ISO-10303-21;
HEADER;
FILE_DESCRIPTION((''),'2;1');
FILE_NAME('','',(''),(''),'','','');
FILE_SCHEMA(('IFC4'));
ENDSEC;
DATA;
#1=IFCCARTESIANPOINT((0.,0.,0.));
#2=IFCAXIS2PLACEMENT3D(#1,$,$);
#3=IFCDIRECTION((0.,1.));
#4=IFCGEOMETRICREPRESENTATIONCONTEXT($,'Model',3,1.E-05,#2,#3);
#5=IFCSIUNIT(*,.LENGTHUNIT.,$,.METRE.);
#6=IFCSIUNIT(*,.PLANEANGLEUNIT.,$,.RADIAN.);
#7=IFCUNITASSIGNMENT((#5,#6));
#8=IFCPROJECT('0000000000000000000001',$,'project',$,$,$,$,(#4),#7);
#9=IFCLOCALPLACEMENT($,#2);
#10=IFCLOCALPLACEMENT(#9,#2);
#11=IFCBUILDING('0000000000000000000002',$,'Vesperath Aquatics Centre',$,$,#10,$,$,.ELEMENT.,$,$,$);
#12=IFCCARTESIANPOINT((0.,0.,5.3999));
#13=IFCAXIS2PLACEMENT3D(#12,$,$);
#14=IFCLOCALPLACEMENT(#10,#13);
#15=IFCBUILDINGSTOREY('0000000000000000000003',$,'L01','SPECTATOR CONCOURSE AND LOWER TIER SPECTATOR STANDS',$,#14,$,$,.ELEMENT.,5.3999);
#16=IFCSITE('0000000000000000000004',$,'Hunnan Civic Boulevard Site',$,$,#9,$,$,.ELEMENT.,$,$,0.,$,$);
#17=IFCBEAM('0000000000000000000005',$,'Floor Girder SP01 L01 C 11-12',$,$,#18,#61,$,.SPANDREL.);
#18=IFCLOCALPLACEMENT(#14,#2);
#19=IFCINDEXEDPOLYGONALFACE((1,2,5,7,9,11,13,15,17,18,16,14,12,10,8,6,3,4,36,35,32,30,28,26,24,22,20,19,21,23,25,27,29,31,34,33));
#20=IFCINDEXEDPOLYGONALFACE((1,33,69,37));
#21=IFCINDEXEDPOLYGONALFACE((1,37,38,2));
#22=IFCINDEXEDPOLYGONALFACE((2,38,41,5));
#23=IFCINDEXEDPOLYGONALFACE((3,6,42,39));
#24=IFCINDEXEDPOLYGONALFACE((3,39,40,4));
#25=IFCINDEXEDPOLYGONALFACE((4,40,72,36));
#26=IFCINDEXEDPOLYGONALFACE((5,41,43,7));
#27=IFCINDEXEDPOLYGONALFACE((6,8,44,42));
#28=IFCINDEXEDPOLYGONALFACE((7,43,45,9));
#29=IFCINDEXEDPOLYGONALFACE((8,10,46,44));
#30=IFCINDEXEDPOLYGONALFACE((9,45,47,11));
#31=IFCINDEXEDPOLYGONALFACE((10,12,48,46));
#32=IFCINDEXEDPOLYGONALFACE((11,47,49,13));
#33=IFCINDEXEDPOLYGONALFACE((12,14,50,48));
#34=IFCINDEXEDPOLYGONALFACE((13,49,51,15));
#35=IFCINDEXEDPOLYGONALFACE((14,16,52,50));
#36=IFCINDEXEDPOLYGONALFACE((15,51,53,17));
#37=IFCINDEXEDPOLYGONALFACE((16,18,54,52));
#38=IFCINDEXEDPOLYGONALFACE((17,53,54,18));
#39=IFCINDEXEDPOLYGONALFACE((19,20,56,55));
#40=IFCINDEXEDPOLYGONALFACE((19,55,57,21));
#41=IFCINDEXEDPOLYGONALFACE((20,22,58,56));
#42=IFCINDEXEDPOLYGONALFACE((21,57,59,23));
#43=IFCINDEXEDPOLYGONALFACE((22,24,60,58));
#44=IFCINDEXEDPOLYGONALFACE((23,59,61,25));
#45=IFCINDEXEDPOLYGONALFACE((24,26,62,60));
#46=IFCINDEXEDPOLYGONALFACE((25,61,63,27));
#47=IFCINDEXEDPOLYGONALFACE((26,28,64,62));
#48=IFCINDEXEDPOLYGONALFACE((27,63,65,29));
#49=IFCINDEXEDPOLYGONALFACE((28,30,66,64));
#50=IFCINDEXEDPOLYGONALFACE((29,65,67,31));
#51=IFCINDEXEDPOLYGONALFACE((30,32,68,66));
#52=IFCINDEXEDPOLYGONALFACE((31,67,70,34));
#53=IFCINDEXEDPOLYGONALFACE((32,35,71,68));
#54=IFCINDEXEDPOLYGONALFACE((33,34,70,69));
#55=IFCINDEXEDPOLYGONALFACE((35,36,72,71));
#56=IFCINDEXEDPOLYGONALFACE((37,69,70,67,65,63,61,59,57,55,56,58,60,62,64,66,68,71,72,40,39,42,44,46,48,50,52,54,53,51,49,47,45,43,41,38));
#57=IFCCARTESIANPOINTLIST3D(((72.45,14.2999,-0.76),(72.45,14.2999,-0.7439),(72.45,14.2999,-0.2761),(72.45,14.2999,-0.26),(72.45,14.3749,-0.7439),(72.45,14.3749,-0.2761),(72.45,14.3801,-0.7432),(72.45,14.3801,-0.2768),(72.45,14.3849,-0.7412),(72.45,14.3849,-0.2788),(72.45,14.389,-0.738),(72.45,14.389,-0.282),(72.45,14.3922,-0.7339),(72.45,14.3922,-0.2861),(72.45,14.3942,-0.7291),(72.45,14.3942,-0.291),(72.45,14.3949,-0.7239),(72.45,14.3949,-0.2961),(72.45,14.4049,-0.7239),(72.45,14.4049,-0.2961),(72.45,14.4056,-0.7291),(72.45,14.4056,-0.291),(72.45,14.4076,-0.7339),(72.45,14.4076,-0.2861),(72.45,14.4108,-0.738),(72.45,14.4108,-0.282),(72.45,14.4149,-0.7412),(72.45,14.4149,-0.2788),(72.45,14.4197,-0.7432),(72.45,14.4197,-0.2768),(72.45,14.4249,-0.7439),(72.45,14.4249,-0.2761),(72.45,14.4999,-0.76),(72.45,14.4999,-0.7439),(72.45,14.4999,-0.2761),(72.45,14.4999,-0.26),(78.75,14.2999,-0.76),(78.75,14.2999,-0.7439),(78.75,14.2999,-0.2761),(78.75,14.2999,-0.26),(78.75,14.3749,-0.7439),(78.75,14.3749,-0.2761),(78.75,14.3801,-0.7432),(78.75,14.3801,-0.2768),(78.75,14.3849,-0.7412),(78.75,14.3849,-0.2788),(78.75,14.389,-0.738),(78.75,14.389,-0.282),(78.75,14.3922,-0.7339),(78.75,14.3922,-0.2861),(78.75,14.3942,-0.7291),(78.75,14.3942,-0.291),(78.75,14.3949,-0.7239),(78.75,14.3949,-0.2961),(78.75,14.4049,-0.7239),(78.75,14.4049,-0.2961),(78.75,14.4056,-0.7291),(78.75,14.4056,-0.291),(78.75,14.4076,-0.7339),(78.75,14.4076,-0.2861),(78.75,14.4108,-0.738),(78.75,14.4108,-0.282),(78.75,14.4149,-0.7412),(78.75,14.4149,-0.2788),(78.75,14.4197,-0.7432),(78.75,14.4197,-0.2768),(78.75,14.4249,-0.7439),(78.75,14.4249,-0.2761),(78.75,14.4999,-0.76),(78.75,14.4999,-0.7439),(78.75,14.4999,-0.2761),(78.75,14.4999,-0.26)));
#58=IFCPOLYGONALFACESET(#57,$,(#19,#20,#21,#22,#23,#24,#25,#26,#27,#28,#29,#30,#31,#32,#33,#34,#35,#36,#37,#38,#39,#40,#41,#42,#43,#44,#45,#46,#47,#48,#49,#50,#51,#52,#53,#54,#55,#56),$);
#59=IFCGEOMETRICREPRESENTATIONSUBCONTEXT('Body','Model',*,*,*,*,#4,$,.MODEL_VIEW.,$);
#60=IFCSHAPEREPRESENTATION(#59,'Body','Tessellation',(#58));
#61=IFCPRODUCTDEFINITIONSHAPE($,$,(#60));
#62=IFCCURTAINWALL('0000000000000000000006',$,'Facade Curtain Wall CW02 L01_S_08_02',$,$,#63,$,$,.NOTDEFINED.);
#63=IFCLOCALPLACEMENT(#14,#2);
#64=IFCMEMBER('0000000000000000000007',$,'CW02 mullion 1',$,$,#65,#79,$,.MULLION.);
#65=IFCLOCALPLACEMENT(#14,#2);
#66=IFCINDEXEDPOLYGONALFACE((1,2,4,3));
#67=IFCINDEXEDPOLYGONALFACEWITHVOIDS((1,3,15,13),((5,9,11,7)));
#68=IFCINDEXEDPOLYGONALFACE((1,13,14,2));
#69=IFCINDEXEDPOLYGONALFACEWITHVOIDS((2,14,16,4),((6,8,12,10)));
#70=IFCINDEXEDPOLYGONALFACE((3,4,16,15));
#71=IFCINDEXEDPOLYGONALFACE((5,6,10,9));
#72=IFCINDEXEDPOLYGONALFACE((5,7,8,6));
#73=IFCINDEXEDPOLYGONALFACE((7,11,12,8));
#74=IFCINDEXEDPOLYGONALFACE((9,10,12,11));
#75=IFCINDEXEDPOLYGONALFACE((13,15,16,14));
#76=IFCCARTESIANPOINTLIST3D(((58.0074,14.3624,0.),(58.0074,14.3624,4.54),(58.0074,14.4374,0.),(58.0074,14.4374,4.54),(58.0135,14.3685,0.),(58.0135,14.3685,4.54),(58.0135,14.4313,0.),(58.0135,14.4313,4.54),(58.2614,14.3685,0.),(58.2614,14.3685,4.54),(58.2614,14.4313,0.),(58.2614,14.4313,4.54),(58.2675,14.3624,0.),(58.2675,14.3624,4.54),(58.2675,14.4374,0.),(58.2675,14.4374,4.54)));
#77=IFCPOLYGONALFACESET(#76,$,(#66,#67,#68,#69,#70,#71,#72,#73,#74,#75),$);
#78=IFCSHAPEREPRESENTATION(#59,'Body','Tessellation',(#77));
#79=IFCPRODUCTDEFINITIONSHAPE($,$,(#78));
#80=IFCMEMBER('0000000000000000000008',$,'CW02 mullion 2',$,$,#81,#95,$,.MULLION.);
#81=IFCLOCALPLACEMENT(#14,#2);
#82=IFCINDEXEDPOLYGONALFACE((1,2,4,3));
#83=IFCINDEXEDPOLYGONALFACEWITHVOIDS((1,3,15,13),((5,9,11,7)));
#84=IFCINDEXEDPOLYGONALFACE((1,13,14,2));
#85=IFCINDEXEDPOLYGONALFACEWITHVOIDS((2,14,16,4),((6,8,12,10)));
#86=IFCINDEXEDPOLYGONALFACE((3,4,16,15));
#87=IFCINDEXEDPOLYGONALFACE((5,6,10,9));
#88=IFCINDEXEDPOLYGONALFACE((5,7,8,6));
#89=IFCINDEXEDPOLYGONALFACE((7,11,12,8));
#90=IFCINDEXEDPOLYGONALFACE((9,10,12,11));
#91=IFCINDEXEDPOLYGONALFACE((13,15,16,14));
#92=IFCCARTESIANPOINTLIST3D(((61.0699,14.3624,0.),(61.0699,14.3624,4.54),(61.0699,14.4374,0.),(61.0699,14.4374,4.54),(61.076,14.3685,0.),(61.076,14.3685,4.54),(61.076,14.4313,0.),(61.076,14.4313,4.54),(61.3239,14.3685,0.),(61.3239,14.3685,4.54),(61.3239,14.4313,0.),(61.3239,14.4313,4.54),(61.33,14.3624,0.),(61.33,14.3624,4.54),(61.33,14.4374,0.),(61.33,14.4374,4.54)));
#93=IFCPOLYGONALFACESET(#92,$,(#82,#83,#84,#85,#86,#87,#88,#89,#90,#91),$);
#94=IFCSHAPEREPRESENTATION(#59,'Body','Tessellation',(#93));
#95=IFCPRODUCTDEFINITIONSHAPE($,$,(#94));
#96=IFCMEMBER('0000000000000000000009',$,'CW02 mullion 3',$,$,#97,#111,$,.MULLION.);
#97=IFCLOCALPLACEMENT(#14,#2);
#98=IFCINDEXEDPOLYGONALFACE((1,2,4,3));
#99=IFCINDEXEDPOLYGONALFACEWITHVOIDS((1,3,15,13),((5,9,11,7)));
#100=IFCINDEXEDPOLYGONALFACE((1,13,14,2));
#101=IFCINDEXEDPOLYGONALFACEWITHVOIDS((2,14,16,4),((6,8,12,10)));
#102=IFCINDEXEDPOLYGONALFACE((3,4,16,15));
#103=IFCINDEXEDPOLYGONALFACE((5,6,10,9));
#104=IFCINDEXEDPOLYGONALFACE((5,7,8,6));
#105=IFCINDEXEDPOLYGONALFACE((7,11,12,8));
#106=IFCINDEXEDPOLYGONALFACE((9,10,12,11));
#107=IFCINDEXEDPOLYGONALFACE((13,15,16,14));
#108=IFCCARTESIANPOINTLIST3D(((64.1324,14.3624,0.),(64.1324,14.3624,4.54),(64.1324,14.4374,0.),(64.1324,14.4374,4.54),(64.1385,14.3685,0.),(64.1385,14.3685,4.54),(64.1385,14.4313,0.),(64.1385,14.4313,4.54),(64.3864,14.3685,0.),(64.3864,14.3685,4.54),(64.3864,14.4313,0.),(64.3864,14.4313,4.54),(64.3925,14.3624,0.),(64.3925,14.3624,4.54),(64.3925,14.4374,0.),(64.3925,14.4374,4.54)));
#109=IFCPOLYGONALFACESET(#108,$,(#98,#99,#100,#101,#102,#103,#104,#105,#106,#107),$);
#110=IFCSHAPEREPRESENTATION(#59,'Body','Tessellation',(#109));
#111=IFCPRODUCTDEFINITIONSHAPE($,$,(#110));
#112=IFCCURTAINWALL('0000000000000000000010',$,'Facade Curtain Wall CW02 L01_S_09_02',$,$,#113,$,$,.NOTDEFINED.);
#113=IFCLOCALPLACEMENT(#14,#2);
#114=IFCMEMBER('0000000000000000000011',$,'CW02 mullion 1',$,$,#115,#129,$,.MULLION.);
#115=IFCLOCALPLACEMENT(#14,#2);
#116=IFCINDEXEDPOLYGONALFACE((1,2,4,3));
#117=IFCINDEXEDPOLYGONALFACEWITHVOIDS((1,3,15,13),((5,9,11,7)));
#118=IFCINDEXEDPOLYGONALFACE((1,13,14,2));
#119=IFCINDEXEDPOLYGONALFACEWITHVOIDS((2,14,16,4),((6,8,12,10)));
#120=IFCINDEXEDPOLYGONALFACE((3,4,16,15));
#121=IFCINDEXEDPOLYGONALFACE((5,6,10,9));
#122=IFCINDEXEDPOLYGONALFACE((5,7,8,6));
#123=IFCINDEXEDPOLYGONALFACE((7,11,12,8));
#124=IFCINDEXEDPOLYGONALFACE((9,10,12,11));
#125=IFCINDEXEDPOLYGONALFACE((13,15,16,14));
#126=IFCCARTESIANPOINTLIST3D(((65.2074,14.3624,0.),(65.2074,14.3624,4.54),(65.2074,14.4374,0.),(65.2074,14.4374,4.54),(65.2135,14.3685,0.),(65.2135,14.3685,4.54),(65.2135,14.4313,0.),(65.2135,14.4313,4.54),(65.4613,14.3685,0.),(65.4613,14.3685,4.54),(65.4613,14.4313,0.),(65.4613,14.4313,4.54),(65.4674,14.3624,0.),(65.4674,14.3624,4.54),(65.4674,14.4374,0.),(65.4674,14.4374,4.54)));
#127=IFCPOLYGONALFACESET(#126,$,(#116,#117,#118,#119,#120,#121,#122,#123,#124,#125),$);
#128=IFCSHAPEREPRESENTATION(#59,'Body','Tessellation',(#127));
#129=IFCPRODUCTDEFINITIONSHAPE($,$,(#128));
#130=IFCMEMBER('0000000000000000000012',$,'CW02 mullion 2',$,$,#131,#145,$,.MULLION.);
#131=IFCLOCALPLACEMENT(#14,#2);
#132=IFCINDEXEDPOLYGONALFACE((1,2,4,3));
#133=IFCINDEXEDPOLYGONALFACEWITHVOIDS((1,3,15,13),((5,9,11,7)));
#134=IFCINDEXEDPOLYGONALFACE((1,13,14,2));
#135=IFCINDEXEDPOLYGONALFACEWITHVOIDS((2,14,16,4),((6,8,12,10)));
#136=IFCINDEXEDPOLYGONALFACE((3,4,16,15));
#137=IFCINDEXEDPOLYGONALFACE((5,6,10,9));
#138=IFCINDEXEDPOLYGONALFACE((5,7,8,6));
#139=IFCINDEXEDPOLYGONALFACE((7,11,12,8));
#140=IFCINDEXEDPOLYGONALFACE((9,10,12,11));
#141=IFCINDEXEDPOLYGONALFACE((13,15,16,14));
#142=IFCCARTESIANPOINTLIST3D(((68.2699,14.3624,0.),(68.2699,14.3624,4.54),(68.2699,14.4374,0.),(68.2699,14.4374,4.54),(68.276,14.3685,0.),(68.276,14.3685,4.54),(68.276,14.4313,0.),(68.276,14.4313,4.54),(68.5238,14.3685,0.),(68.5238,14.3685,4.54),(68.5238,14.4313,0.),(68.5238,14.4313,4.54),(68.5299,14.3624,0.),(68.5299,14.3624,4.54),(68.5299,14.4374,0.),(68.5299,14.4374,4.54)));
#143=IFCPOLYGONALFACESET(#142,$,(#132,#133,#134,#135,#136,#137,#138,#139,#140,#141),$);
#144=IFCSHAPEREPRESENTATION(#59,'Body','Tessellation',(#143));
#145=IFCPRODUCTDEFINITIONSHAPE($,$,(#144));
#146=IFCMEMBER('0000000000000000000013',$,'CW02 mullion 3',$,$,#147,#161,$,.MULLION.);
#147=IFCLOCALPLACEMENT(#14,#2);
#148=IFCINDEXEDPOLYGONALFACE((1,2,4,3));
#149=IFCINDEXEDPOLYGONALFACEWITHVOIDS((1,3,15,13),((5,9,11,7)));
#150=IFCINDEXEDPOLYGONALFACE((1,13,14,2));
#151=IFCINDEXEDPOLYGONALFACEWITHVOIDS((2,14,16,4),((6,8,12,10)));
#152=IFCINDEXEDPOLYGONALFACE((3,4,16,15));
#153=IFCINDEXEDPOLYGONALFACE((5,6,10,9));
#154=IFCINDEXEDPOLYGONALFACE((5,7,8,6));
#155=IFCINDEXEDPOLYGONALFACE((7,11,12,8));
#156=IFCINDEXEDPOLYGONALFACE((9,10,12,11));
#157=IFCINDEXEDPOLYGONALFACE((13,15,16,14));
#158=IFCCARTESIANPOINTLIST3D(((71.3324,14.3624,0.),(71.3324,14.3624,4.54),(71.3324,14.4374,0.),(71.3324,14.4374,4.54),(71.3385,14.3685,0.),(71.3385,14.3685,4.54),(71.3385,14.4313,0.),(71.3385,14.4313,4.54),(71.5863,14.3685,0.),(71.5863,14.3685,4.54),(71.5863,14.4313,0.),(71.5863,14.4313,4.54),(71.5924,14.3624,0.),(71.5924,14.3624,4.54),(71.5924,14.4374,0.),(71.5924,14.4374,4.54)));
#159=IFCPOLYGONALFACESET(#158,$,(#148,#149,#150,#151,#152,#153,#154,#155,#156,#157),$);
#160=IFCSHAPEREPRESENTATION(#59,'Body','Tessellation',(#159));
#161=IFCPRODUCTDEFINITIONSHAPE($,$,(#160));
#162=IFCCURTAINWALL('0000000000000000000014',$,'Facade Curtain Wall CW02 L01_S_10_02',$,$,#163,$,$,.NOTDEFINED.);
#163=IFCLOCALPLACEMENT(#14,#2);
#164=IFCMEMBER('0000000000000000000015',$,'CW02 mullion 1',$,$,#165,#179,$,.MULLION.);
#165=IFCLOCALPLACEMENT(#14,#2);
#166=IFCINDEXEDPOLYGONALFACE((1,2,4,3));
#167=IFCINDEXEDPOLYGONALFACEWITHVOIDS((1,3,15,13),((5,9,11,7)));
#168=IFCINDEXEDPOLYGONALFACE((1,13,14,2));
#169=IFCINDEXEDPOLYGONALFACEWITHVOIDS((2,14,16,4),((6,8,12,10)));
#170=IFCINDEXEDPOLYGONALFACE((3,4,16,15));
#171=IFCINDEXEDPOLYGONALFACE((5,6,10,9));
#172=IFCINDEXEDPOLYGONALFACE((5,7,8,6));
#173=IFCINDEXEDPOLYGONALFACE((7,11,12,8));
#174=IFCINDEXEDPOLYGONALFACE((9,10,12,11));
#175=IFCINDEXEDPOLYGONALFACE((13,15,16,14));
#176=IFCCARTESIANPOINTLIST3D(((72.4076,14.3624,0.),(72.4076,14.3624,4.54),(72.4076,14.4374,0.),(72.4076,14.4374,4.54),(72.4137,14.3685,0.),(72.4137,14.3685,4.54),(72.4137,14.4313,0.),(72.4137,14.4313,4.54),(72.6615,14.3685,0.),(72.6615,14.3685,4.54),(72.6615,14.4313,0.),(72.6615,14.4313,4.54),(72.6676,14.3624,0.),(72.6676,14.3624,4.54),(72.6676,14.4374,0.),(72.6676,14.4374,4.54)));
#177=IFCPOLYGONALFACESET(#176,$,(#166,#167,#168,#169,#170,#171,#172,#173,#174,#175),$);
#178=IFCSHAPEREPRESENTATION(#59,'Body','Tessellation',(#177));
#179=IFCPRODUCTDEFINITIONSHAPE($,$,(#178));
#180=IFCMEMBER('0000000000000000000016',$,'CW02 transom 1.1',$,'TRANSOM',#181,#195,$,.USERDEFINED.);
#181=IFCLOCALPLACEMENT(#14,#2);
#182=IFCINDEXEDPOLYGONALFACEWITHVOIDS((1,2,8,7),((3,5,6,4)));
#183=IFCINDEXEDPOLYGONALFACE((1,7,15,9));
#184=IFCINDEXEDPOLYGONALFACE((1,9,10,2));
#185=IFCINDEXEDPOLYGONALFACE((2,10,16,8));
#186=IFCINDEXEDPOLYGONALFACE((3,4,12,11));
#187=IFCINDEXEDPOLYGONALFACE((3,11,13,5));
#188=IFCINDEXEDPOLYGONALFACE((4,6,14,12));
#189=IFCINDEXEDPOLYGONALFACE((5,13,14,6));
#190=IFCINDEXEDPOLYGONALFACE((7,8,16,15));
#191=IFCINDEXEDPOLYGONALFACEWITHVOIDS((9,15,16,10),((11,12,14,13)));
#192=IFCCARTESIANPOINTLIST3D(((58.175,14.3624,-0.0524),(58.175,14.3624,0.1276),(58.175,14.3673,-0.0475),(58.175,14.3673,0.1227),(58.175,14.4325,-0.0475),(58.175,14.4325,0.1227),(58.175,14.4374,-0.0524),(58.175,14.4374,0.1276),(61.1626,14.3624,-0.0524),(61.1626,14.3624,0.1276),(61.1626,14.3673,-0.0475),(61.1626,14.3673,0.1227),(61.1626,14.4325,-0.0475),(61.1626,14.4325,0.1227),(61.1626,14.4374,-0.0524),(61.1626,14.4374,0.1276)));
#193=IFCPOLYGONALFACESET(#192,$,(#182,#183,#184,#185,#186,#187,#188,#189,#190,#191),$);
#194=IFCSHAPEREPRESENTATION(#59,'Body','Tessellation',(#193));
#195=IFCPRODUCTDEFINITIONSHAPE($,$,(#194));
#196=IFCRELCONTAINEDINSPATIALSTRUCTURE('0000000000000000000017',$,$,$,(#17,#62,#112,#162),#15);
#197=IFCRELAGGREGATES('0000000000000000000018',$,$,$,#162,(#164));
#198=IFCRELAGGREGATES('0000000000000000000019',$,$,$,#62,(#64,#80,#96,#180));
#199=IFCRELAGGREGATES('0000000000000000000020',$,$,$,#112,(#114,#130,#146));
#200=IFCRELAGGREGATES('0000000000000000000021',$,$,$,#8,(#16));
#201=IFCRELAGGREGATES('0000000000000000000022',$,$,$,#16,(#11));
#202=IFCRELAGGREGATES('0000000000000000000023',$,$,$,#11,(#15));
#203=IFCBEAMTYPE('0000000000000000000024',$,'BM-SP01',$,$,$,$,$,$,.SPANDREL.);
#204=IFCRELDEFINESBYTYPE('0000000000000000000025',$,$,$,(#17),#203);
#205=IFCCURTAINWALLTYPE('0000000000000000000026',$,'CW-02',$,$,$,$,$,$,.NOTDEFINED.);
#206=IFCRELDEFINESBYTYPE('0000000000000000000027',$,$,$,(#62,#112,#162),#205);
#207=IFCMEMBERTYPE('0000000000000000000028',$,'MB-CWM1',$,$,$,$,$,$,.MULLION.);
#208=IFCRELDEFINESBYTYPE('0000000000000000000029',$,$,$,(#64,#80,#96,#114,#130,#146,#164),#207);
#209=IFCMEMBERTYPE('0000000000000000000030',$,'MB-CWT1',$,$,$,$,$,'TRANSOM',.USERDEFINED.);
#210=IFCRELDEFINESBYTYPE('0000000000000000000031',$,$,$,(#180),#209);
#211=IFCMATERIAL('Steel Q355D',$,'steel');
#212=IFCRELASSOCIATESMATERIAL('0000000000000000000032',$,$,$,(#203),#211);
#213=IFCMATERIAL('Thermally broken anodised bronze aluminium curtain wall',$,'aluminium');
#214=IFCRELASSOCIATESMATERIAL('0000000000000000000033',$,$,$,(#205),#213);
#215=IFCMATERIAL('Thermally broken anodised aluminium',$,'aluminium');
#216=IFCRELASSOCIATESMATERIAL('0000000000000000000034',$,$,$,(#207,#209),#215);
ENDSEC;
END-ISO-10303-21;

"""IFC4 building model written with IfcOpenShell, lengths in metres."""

from ifc_helpers import new_model, si_unit, direction, frame, origin, origin_2d, place, context, subcontext, project, spatial, hollow_rectangle, i_section, extrude, material, material_profile, profile_set, type_object, element, aggregate, save


model = new_model("IFC4")

# Units and contexts
model_context = context("Model", 3, precision=1e-05, world=origin(), true_north=direction((0.0, 1.0)))
body_context = subcontext(model_context, "Body", "Model", "MODEL_VIEW")
ifc_project = project(units=[si_unit("LENGTHUNIT", "METRE"), si_unit("PLANEANGLEUNIT", "RADIAN")], contexts=[model_context])

# Site, building, storey
site_placement = place(None, origin())
site = spatial("IfcSite", under=ifc_project, at=site_placement, Name="Hunnan Civic Boulevard Site", CompositionType="ELEMENT", RefElevation=0.0)
building_placement = place(site_placement, origin())
building = spatial("IfcBuilding", under=site, at=building_placement, Name="Vesperath Aquatics Centre", CompositionType="ELEMENT")
storey_placement = place(building_placement, frame((0.0, 0.0, 5.3999)))
storey = spatial("IfcBuildingStorey", under=building, at=storey_placement, Name="L01", Description="SPECTATOR CONCOURSE AND LOWER TIER SPECTATOR STANDS", CompositionType="ELEMENT", Elevation=5.3999)

# Beam
ifc_material_1 = material(Name="Steel Q355D", Category="steel")
ifc_material_profile_1 = material_profile(ifc_material_1, i_section(OverallWidth=0.2, OverallDepth=0.5, WebThickness=0.01, FlangeThickness=0.0161, FilletRadius=0.02, at=origin_2d()), Name="HN 500x200x10x16")
ifc_profile_set_1 = profile_set([ifc_material_profile_1], Name="Steel Q355D")
beam_type_1 = type_object("IfcBeamType", Name="BM-SP01", PredefinedType="SPANDREL", material=ifc_profile_set_1)
for number, where, z_axis, x_axis, name in (
    (1, (72.45, 14.3999, -0.51), (1.0, 0.0, 0.0), (0.0, 1.0, 0.0), "Floor Girder SP01 L01 C 11-12"),
):
    element("IfcBeam", number, at=place(storey_placement, frame(where, z_axis=z_axis, x_axis=x_axis)), inside=storey, type_object=beam_type_1, Name=name, PredefinedType="SPANDREL", context=body_context, shape_type="SweptSolid", body=[
        extrude(i_section(OverallWidth=0.2, OverallDepth=0.5, WebThickness=0.01, FlangeThickness=0.0161, FilletRadius=0.02, at=origin_2d()), origin(), (0.0, 0.0, 1.0), 6.3),
    ])

# Curtain walls, members
ifc_material_2 = material(Name="Thermally broken anodised bronze aluminium curtain wall", Category="aluminium")
curtain_wall_type = type_object("IfcCurtainWallType", Name="CW-02", PredefinedType="NOTDEFINED", material=ifc_material_2)
curtain_wall_1_placement = place(storey_placement, origin())
curtain_wall_1 = element("IfcCurtainWall", 2, at=curtain_wall_1_placement, inside=storey, type_object=curtain_wall_type, Name="Facade Curtain Wall CW02 L01_S_08_02", PredefinedType="NOTDEFINED")
ifc_material_3 = material(Name="Thermally broken anodised aluminium", Category="aluminium")
ifc_material_profile_2 = material_profile(ifc_material_3, hollow_rectangle(XDim=0.075, YDim=0.26, WallThickness=0.0061, at=origin_2d()), Name="CWM 75x260x6")
ifc_profile_set_2 = profile_set([ifc_material_profile_2], Name="Thermally broken anodised aluminium")
member_type_1 = type_object("IfcMemberType", Name="MB-CWM1", PredefinedType="MULLION", material=ifc_profile_set_2)
member_1_placement = place(storey_placement, frame((58.1375, 14.3999, 0.0), z_axis=(0.0, 0.0, 1.0), x_axis=(0.0, 1.0, 0.0)))
member_1 = element("IfcMember", 3, at=member_1_placement, type_object=member_type_1, Name="CW02 mullion 1", PredefinedType="MULLION", context=body_context, shape_type="SweptSolid", body=[
    extrude(hollow_rectangle(XDim=0.075, YDim=0.26, WallThickness=0.0061, at=origin_2d()), origin(), (0.0, 0.0, 1.0), 4.54),
])
member_2_placement = place(storey_placement, frame((61.2, 14.3999, 0.0), z_axis=(0.0, 0.0, 1.0), x_axis=(0.0, 1.0, 0.0)))
member_2 = element("IfcMember", 4, at=member_2_placement, type_object=member_type_1, Name="CW02 mullion 2", PredefinedType="MULLION", context=body_context, shape_type="SweptSolid", body=[
    extrude(hollow_rectangle(XDim=0.075, YDim=0.26, WallThickness=0.0061, at=origin_2d()), origin(), (0.0, 0.0, 1.0), 4.54),
])
member_3_placement = place(storey_placement, frame((64.2625, 14.3999, 0.0), z_axis=(0.0, 0.0, 1.0), x_axis=(0.0, 1.0, 0.0)))
member_3 = element("IfcMember", 5, at=member_3_placement, type_object=member_type_1, Name="CW02 mullion 3", PredefinedType="MULLION", context=body_context, shape_type="SweptSolid", body=[
    extrude(hollow_rectangle(XDim=0.075, YDim=0.26, WallThickness=0.0061, at=origin_2d()), origin(), (0.0, 0.0, 1.0), 4.54),
])
curtain_wall_2_placement = place(storey_placement, origin())
curtain_wall_2 = element("IfcCurtainWall", 6, at=curtain_wall_2_placement, inside=storey, type_object=curtain_wall_type, Name="Facade Curtain Wall CW02 L01_S_09_02", PredefinedType="NOTDEFINED")
member_4_placement = place(storey_placement, frame((65.3374, 14.3999, 0.0), z_axis=(0.0, 0.0, 1.0), x_axis=(0.0, 1.0, 0.0)))
member_4 = element("IfcMember", 7, at=member_4_placement, type_object=member_type_1, Name="CW02 mullion 1", PredefinedType="MULLION", context=body_context, shape_type="SweptSolid", body=[
    extrude(hollow_rectangle(XDim=0.075, YDim=0.26, WallThickness=0.0061, at=origin_2d()), origin(), (0.0, 0.0, 1.0), 4.54),
])
member_5_placement = place(storey_placement, frame((68.3999, 14.3999, 0.0), z_axis=(0.0, 0.0, 1.0), x_axis=(0.0, 1.0, 0.0)))
member_5 = element("IfcMember", 8, at=member_5_placement, type_object=member_type_1, Name="CW02 mullion 2", PredefinedType="MULLION", context=body_context, shape_type="SweptSolid", body=[
    extrude(hollow_rectangle(XDim=0.075, YDim=0.26, WallThickness=0.0061, at=origin_2d()), origin(), (0.0, 0.0, 1.0), 4.54),
])
member_6_placement = place(storey_placement, frame((71.4624, 14.3999, 0.0), z_axis=(0.0, 0.0, 1.0), x_axis=(0.0, 1.0, 0.0)))
member_6 = element("IfcMember", 9, at=member_6_placement, type_object=member_type_1, Name="CW02 mullion 3", PredefinedType="MULLION", context=body_context, shape_type="SweptSolid", body=[
    extrude(hollow_rectangle(XDim=0.075, YDim=0.26, WallThickness=0.0061, at=origin_2d()), origin(), (0.0, 0.0, 1.0), 4.54),
])

# Curtain wall, member
curtain_wall_3_placement = place(storey_placement, origin())
curtain_wall_3 = element("IfcCurtainWall", 10, at=curtain_wall_3_placement, inside=storey, type_object=curtain_wall_type, Name="Facade Curtain Wall CW02 L01_S_10_02", PredefinedType="NOTDEFINED")
member_7_placement = place(storey_placement, frame((72.5376, 14.3999, 0.0), z_axis=(0.0, 0.0, 1.0), x_axis=(0.0, 1.0, 0.0)))
member_7 = element("IfcMember", 11, at=member_7_placement, type_object=member_type_1, Name="CW02 mullion 1", PredefinedType="MULLION", context=body_context, shape_type="SweptSolid", body=[
    extrude(hollow_rectangle(XDim=0.075, YDim=0.26, WallThickness=0.0061, at=origin_2d()), origin(), (0.0, 0.0, 1.0), 4.54),
])

# Member
ifc_material_profile_3 = material_profile(ifc_material_3, hollow_rectangle(XDim=0.075, YDim=0.1799, WallThickness=0.0049, at=origin_2d()), Name="CWT 75x180x5")
ifc_profile_set_3 = profile_set([ifc_material_profile_3], Name="Thermally broken anodised aluminium")
member_type_2 = type_object("IfcMemberType", Name="MB-CWT1", ElementType="TRANSOM", PredefinedType="USERDEFINED", material=ifc_profile_set_3)
member_8_placement = place(storey_placement, frame((58.175, 14.3999, 0.0376), z_axis=(1.0, 0.0, 0.0), x_axis=(0.0, 1.0, 0.0)))
member_8 = element("IfcMember", 12, at=member_8_placement, type_object=member_type_2, Name="CW02 transom 1.1", ObjectType="TRANSOM", PredefinedType="USERDEFINED", context=body_context, shape_type="SweptSolid", body=[
    extrude(hollow_rectangle(XDim=0.075, YDim=0.1799, WallThickness=0.0049, at=origin_2d()), origin(), (0.0, 0.0, 1.0), 2.9875),
])
aggregate(curtain_wall_3, [member_7])

aggregate(curtain_wall_1, [member_1, member_2, member_3, member_8])
aggregate(curtain_wall_2, [member_4, member_5, member_6])

save(model, "model.ifc")
